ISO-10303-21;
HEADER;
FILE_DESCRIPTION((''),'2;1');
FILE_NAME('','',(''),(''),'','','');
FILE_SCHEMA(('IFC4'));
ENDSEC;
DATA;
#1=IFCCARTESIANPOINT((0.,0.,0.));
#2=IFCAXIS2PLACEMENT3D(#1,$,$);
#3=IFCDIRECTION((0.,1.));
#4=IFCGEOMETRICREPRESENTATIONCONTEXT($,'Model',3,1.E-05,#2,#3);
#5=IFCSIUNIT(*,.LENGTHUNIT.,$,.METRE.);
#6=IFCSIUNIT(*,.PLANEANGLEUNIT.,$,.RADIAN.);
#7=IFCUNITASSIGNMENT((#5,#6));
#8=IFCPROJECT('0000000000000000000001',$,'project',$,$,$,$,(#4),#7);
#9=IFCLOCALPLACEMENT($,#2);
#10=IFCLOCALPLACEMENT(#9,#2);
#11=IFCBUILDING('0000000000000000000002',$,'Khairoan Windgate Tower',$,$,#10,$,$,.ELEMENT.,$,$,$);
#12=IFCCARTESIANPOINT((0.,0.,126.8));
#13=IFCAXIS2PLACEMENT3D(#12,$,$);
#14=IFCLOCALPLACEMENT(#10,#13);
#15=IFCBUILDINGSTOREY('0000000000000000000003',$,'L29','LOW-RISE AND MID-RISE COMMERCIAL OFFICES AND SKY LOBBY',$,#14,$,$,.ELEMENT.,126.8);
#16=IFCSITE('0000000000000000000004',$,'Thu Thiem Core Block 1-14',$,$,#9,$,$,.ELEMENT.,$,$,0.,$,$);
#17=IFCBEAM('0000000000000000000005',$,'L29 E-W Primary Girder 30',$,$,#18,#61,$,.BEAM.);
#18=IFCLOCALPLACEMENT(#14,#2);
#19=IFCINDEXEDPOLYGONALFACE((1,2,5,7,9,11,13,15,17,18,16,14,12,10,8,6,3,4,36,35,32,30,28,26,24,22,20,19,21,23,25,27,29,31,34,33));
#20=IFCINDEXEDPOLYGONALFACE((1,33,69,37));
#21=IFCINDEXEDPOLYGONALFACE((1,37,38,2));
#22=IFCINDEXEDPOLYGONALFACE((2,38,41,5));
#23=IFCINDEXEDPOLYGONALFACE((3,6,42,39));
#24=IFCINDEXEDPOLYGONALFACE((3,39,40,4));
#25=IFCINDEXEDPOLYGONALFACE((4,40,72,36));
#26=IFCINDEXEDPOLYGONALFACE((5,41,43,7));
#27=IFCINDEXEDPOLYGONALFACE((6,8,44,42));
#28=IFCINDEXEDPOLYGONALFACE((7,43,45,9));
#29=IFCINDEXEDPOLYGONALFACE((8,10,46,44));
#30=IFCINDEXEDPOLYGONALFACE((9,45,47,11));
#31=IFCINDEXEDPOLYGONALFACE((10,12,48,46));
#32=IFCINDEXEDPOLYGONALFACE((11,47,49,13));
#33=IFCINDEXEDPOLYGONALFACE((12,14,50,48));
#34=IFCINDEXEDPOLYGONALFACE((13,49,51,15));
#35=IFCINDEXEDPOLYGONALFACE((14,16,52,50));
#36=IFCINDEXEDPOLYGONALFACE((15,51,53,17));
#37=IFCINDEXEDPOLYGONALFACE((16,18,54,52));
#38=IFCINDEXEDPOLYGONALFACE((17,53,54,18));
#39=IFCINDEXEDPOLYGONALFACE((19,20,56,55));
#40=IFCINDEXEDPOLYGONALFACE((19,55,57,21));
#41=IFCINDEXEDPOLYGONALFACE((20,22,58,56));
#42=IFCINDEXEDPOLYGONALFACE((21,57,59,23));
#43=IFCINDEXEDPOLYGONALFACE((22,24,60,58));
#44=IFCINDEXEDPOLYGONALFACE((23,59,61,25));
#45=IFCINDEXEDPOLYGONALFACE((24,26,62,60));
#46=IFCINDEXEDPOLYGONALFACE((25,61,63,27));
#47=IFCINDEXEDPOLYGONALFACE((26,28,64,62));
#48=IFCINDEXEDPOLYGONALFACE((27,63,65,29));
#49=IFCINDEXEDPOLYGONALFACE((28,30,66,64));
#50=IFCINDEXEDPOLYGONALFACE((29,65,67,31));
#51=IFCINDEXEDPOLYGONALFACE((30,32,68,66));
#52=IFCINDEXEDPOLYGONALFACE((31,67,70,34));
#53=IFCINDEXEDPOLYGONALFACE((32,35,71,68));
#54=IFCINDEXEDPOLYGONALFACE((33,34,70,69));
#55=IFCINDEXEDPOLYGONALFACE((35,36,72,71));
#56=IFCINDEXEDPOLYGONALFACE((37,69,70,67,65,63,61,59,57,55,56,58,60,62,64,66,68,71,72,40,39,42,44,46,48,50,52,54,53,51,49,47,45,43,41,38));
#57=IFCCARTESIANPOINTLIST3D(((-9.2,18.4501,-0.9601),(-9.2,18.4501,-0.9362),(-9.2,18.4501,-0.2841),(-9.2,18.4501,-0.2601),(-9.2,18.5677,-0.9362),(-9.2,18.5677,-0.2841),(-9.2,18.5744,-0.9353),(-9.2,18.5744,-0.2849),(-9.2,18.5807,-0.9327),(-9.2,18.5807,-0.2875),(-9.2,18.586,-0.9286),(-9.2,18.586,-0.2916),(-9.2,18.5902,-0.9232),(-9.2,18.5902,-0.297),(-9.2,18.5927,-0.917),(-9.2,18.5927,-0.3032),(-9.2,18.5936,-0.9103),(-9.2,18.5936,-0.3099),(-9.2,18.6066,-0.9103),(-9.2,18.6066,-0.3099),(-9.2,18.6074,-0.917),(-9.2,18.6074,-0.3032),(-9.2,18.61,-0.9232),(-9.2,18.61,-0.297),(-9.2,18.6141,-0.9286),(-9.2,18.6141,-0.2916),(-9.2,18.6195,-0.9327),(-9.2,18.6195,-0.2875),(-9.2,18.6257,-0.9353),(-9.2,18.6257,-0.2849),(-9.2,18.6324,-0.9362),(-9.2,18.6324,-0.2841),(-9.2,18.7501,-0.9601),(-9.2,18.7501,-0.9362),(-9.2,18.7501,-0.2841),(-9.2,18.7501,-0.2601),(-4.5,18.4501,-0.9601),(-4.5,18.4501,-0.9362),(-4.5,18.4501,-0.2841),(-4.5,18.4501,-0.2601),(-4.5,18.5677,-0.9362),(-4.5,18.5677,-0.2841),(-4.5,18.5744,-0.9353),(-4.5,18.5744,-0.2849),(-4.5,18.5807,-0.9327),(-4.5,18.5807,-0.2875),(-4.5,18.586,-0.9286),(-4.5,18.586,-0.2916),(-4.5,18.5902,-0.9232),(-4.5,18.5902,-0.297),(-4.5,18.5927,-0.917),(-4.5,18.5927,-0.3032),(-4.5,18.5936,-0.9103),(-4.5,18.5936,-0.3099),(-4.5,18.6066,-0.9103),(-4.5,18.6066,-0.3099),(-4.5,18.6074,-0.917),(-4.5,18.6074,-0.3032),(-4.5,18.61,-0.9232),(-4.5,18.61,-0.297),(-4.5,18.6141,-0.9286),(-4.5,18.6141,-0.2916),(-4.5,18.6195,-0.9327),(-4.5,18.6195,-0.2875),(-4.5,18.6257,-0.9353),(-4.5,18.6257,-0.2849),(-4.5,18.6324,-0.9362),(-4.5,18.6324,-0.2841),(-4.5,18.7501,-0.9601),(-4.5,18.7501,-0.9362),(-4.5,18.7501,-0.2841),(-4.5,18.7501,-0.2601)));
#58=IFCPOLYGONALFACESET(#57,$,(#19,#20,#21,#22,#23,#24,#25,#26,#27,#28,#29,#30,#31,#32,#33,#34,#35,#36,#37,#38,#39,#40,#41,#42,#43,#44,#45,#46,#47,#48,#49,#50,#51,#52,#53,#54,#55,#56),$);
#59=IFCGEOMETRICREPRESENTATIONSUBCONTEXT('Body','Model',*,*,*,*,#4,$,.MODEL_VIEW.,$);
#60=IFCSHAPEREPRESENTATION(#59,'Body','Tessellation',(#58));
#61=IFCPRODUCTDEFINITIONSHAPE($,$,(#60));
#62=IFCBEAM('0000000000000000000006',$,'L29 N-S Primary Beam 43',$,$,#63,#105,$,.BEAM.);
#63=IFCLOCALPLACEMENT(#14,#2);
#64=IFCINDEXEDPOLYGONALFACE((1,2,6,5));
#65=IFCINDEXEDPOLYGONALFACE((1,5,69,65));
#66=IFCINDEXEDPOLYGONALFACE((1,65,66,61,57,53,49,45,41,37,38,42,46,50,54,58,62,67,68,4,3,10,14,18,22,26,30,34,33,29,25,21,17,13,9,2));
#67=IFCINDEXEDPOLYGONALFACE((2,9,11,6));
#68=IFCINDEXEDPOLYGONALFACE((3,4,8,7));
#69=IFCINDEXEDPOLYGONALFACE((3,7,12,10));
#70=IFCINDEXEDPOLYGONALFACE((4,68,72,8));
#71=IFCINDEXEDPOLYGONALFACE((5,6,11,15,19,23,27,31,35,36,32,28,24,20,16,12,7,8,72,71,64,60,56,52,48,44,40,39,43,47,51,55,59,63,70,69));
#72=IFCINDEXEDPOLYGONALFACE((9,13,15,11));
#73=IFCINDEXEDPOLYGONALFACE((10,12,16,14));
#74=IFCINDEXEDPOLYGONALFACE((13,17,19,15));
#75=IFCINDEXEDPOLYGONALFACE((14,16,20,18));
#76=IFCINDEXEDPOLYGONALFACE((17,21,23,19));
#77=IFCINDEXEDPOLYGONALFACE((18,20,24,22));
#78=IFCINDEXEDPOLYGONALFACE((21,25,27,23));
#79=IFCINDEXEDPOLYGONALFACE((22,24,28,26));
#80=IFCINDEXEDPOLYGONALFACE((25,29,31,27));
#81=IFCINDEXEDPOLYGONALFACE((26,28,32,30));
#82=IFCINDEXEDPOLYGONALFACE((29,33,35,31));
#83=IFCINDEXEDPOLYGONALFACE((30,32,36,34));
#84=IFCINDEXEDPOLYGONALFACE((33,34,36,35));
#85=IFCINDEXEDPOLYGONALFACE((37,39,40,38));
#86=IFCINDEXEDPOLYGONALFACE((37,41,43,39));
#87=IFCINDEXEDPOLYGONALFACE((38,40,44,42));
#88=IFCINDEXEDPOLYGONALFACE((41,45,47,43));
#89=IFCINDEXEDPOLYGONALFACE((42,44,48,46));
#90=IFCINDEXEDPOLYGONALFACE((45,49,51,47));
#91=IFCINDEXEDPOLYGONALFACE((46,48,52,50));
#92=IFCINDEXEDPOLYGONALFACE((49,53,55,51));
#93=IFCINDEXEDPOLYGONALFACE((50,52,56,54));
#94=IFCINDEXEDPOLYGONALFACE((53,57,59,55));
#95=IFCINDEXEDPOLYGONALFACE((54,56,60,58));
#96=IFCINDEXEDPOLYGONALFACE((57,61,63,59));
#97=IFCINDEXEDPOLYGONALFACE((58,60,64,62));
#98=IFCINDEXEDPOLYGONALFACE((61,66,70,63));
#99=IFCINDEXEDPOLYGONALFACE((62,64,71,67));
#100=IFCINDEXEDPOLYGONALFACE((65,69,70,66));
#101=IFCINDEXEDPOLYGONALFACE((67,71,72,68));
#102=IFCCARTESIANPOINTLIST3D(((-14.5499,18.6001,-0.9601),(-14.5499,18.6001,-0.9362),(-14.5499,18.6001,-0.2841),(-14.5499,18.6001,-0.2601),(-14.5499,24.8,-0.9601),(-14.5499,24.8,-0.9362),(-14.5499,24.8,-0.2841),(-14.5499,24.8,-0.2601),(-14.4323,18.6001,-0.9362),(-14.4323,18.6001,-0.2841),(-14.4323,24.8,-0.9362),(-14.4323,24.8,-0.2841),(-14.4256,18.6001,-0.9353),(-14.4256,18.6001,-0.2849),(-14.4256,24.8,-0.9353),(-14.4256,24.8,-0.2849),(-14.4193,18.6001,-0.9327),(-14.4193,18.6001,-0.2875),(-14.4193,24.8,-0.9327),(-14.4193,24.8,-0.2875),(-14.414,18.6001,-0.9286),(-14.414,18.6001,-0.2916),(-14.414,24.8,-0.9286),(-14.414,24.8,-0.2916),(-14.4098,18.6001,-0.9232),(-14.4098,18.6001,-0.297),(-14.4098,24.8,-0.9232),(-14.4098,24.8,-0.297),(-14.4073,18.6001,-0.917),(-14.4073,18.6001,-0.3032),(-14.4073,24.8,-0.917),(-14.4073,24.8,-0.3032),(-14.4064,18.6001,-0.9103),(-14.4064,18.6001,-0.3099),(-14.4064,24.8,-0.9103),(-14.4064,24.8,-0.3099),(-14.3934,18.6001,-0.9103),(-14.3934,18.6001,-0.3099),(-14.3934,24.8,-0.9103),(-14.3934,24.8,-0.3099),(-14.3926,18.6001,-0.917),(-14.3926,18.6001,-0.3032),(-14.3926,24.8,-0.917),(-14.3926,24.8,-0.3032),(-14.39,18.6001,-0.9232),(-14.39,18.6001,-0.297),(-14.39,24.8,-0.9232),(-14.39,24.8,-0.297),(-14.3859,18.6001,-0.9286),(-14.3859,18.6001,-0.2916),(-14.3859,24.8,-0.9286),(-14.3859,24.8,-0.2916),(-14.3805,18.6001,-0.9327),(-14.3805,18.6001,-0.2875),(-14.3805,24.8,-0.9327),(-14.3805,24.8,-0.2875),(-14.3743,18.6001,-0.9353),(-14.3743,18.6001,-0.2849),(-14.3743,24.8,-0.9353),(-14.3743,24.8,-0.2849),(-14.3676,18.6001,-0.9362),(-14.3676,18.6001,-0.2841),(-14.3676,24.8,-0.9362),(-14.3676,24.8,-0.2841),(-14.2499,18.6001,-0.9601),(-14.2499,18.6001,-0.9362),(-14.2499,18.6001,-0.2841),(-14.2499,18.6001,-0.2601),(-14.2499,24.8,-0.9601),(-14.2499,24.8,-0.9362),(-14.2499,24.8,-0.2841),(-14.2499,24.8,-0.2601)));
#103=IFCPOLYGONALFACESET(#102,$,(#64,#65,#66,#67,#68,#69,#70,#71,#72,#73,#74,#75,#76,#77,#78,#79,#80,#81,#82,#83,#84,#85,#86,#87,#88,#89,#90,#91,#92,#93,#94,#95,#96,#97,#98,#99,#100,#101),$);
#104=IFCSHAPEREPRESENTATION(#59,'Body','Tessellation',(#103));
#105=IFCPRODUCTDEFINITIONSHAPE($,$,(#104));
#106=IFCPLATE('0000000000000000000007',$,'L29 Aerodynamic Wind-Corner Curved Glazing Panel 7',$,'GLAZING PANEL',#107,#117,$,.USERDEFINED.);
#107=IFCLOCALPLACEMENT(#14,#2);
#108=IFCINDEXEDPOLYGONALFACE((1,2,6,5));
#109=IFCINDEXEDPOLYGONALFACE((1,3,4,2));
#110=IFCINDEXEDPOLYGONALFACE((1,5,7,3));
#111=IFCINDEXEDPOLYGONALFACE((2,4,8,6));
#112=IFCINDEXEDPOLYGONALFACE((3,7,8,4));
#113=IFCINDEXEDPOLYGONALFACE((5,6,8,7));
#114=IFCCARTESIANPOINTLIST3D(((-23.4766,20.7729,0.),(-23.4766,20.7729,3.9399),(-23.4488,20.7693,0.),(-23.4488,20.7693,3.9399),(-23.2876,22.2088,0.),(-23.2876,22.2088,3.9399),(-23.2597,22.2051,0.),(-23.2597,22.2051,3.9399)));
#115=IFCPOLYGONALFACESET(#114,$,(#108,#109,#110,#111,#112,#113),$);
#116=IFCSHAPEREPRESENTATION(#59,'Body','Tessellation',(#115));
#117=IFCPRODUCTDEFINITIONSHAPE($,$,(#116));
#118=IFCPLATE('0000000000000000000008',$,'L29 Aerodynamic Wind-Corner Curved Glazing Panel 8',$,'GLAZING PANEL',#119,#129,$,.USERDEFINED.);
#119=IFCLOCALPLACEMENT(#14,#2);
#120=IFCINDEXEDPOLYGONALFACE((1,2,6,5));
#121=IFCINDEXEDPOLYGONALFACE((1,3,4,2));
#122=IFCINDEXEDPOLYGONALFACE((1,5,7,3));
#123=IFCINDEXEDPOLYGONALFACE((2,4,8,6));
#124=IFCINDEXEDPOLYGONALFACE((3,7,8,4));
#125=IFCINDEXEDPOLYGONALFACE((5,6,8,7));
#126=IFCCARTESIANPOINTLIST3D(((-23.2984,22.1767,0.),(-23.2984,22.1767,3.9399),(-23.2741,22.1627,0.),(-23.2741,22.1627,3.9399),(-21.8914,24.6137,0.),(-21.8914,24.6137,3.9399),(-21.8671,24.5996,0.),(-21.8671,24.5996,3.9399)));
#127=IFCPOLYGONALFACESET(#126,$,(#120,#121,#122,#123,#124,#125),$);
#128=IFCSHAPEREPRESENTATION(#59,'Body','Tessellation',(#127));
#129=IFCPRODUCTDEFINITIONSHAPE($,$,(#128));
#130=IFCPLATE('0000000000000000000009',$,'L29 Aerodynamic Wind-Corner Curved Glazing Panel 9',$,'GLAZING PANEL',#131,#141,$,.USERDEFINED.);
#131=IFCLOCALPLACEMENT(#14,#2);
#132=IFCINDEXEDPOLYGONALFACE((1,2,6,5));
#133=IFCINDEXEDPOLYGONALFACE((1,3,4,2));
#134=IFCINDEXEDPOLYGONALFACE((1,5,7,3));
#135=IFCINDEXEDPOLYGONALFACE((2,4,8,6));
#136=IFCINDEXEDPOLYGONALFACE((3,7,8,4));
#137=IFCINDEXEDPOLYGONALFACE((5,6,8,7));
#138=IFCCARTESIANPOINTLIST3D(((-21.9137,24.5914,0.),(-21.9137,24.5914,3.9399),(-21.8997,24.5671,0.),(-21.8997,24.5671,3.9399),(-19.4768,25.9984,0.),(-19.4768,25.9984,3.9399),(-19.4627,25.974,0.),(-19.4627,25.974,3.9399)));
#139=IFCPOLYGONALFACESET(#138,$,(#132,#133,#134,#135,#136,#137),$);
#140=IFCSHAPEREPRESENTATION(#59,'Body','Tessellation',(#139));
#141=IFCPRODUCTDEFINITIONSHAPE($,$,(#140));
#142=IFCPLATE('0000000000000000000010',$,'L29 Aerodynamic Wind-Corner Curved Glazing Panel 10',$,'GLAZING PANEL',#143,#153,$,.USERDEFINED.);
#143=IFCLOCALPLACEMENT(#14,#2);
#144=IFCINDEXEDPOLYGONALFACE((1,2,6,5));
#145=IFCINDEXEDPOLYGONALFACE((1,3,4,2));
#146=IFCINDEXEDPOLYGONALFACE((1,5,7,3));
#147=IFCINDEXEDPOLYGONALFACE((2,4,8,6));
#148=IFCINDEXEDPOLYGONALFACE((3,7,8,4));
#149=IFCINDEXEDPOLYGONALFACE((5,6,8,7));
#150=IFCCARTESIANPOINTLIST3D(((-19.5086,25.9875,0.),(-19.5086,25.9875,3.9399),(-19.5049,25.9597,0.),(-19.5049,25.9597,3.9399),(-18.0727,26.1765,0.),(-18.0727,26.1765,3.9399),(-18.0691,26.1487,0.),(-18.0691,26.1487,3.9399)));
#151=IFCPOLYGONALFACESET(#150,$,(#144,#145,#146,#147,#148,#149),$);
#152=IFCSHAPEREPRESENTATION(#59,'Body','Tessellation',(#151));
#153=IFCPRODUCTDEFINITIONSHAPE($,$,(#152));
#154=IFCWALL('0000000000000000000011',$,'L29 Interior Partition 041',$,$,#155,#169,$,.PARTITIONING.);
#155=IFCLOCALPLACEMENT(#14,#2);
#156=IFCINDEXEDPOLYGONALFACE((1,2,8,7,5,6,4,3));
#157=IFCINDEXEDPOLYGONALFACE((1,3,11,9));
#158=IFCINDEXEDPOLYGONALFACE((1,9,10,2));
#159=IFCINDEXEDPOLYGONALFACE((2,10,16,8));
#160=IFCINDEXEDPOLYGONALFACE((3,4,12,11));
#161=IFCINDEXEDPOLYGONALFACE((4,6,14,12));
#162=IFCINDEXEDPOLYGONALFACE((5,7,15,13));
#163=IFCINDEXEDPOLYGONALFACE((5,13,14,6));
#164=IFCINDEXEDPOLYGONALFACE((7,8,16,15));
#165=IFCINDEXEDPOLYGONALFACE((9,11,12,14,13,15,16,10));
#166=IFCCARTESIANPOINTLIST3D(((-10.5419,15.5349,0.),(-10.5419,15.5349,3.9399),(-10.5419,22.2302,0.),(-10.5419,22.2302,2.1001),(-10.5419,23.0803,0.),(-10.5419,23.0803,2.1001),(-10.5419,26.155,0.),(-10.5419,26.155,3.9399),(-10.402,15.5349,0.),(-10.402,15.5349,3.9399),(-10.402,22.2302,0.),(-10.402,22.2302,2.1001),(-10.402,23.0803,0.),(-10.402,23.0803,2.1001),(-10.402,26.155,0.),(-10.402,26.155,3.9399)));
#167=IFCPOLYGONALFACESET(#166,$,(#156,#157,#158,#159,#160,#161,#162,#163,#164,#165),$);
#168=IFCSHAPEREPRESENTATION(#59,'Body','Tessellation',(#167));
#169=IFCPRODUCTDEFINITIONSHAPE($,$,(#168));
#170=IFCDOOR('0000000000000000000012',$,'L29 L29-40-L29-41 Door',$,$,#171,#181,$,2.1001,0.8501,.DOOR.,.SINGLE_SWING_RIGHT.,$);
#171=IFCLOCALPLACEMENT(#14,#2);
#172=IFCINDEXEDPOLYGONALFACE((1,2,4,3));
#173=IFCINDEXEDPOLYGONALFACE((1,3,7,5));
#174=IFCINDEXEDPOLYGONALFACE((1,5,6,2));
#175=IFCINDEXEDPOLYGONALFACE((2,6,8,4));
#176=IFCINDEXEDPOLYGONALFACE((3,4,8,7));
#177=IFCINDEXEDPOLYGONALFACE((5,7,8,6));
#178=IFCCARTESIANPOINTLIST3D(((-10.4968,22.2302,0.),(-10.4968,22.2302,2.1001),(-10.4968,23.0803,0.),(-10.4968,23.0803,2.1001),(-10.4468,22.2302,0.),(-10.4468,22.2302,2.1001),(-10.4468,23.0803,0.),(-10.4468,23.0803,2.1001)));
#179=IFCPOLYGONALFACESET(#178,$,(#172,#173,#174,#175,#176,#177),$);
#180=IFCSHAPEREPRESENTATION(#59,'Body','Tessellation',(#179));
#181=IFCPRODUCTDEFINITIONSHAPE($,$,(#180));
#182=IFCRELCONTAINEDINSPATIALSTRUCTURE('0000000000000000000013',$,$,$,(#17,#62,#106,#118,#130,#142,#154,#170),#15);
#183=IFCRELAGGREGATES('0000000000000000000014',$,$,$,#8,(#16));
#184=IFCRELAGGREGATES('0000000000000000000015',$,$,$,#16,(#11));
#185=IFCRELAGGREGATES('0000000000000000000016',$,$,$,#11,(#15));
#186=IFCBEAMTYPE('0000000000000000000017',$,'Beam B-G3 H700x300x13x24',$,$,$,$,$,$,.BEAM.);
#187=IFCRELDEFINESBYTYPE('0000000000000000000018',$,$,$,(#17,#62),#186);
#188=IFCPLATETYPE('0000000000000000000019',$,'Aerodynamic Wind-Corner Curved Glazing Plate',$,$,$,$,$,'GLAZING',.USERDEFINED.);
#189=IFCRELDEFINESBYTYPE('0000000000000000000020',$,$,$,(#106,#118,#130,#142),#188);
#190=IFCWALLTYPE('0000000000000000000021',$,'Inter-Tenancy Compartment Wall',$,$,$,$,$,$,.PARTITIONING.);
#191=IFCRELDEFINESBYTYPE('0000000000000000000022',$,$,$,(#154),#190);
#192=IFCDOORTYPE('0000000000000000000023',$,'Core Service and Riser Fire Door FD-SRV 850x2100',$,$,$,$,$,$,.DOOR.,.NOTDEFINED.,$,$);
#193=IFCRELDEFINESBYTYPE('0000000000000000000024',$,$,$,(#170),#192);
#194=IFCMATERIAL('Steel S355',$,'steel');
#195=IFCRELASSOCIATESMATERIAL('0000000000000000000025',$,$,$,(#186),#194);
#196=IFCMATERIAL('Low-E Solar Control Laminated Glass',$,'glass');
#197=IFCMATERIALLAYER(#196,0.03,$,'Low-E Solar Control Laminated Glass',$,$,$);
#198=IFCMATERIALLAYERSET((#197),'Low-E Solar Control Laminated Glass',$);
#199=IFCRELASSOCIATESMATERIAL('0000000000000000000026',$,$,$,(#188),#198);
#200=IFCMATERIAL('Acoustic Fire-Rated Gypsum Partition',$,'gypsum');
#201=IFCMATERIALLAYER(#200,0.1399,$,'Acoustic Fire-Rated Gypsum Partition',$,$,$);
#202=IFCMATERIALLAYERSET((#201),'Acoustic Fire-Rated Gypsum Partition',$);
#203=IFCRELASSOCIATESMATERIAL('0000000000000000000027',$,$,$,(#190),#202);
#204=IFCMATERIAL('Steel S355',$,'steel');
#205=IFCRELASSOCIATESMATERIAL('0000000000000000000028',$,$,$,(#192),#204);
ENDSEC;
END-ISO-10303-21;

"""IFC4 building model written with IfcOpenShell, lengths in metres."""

from ifc_helpers import new_model, si_unit, direction, frame, frame_2d, origin, origin_2d, place, context, subcontext, project, spatial, rectangle, i_section, extrude, material, layer, layer_set, material_profile, profile_set, type_object, element, fill, save


model = new_model("IFC4")

# Units and contexts
model_context = context("Model", 3, precision=1e-05, world=origin(), true_north=direction((0.0, 1.0)))
body_context = subcontext(model_context, "Body", "Model", "MODEL_VIEW")
ifc_project = project(units=[si_unit("LENGTHUNIT", "METRE"), si_unit("PLANEANGLEUNIT", "RADIAN")], contexts=[model_context])

# Site, building, storey
site_placement = place(None, origin())
site = spatial("IfcSite", under=ifc_project, at=site_placement, Name="Thu Thiem Core Block 1-14", CompositionType="ELEMENT", RefElevation=0.0)
building_placement = place(site_placement, origin())
building = spatial("IfcBuilding", under=site, at=building_placement, Name="Khairoan Windgate Tower", CompositionType="ELEMENT")
storey_placement = place(building_placement, frame((0.0, 0.0, 126.8)))
storey = spatial("IfcBuildingStorey", under=building, at=storey_placement, Name="L29", Description="LOW-RISE AND MID-RISE COMMERCIAL OFFICES AND SKY LOBBY", CompositionType="ELEMENT", Elevation=126.8)

# Beams
ifc_material_1 = material(Name="Steel S355", Category="steel")
ifc_material_profile_1 = material_profile(ifc_material_1, i_section(OverallWidth=0.3, OverallDepth=0.7, WebThickness=0.0129, FlangeThickness=0.0239, FilletRadius=0.0259, at=origin_2d()))
ifc_profile_set_1 = profile_set([ifc_material_profile_1], Name="Steel S355")
beam_type = type_object("IfcBeamType", Name="Beam B-G3 H700x300x13x24", PredefinedType="BEAM", material=ifc_profile_set_1)
beam_1_placement = place(storey_placement, frame((-9.2, 18.6001, -0.6101), z_axis=(1.0, 0.0, 0.0), x_axis=(0.0, 1.0, 0.0)))
element("IfcBeam", 1, at=beam_1_placement, inside=storey, type_object=beam_type, Name="L29 E-W Primary Girder 30", PredefinedType="BEAM", context=body_context, shape_type="SweptSolid", body=[
    extrude(i_section(OverallWidth=0.3, OverallDepth=0.7, WebThickness=0.0129, FlangeThickness=0.0239, FilletRadius=0.0259, at=origin_2d()), origin(), (0.0, 0.0, 1.0), 4.7),
])
beam_2_placement = place(storey_placement, frame((-14.3999, 18.6001, -0.6101), z_axis=(0.0, 1.0, 0.0), x_axis=(-1.0, 0.0, 0.0)))
element("IfcBeam", 2, at=beam_2_placement, inside=storey, type_object=beam_type, Name="L29 N-S Primary Beam 43", PredefinedType="BEAM", context=body_context, shape_type="SweptSolid", body=[
    extrude(i_section(OverallWidth=0.3, OverallDepth=0.7, WebThickness=0.0129, FlangeThickness=0.0239, FilletRadius=0.0259, at=origin_2d()), origin(), (0.0, 0.0, 1.0), 6.2),
])

# Plates
ifc_material_2 = material(Name="Low-E Solar Control Laminated Glass", Category="glass")
ifc_layer_1 = layer(ifc_material_2, 0.03, Name="Low-E Solar Control Laminated Glass")
ifc_layer_set_1 = layer_set([ifc_layer_1], Name="Low-E Solar Control Laminated Glass")
plate_type_1 = type_object("IfcPlateType", Name="Aerodynamic Wind-Corner Curved Glazing Plate", ElementType="GLAZING", PredefinedType="USERDEFINED", material=ifc_layer_set_1)
plate_1_placement = place(storey_placement, frame((-23.3682, 21.489, 0.0), z_axis=(0.0, 0.0, 1.0), x_axis=(0.130526, 0.991445, 0.0)))
element("IfcPlate", 3, at=plate_1_placement, inside=storey, type_object=plate_type_1, Name="L29 Aerodynamic Wind-Corner Curved Glazing Panel 7", ObjectType="GLAZING PANEL", PredefinedType="USERDEFINED", context=body_context, shape_type="SweptSolid", body=[
    extrude(rectangle(XDim=1.4482, YDim=0.0281, at=origin_2d()), origin(), (0.0, 0.0, 1.0), 3.9399),
])
for number, where, z_axis, x_axis, name in (
    (4, (-22.5828, 23.3882, 0.0), (0.0, 0.0, 1.0), (0.5, 0.866025, 0.0), "L29 Aerodynamic Wind-Corner Curved Glazing Panel 8"),
    (5, (-20.6882, 25.2827, 0.0), (0.0, 0.0, 1.0), (0.866025, 0.5, 0.0), "L29 Aerodynamic Wind-Corner Curved Glazing Panel 9"),
):
    element("IfcPlate", number, at=place(storey_placement, frame(where, z_axis=z_axis, x_axis=x_axis)), inside=storey, type_object=plate_type_1, Name=name, ObjectType="GLAZING PANEL", PredefinedType="USERDEFINED", context=body_context, shape_type="SweptSolid", body=[
        extrude(rectangle(XDim=2.814, YDim=0.0281, at=origin_2d()), origin(), (0.0, 0.0, 1.0), 3.9399),
    ])
plate_2_placement = place(storey_placement, frame((-18.7888, 26.0681, 0.0), z_axis=(0.0, 0.0, 1.0), x_axis=(0.991445, 0.130526, 0.0)))
element("IfcPlate", 6, at=plate_2_placement, inside=storey, type_object=plate_type_1, Name="L29 Aerodynamic Wind-Corner Curved Glazing Panel 10", ObjectType="GLAZING PANEL", PredefinedType="USERDEFINED", context=body_context, shape_type="SweptSolid", body=[
    extrude(rectangle(XDim=1.4482, YDim=0.0281, at=origin_2d()), origin(), (0.0, 0.0, 1.0), 3.9399),
])

# Wall, opening, door
ifc_material_3 = material(Name="Acoustic Fire-Rated Gypsum Partition", Category="gypsum")
ifc_layer_2 = layer(ifc_material_3, 0.1399, Name="Acoustic Fire-Rated Gypsum Partition")
ifc_layer_set_2 = layer_set([ifc_layer_2], Name="Acoustic Fire-Rated Gypsum Partition")
wall_type_1 = type_object("IfcWallType", Name="Inter-Tenancy Compartment Wall", PredefinedType="PARTITIONING", material=ifc_layer_set_2)
wall_1_placement = place(storey_placement, frame((-10.4719, 15.5349, 0.0), z_axis=(0.0, 0.0, 1.0), x_axis=(0.0, 1.0, 0.0)))
wall_1 = element("IfcWall", 7, at=wall_1_placement, inside=storey, type_object=wall_type_1, Name="L29 Interior Partition 041", PredefinedType="PARTITIONING", context=body_context, shape_type="SweptSolid", body=[
    extrude(rectangle(XDim=10.6201, YDim=0.1399, at=frame_2d((5.3101, 0.0))), origin(), (0.0, 0.0, 1.0), 3.9399),
])
opening_1_placement = place(wall_1_placement, frame((6.6953, 0.0, 0.0)))
opening_1 = element("IfcOpeningElement", 8, at=opening_1_placement, cuts=wall_1, PredefinedType="OPENING", context=body_context, shape_type="SweptSolid", body=[
    extrude(rectangle(XDim=0.8501, YDim=2.1001, at=frame_2d((0.425, 1.05))), frame((0.0, 0.0798, 0.0), z_axis=(0.0, -1.0, 0.0), x_axis=(1.0, 0.0, 0.0)), (0.0, 0.0, 1.0), 0.1599),
])
ifc_material_4 = material(Name="Steel S355", Category="steel")
door_type_1 = type_object("IfcDoorType", Name="Core Service and Riser Fire Door FD-SRV 850x2100", OperationType="NOTDEFINED", PredefinedType="DOOR", material=ifc_material_4)
door_1_placement = place(opening_1_placement, origin())
door_1 = element("IfcDoor", 9, at=door_1_placement, inside=storey, type_object=door_type_1, Name="L29 L29-40-L29-41 Door", OperationType="SINGLE_SWING_RIGHT", OverallHeight=2.1001, OverallWidth=0.8501, PredefinedType="DOOR", context=body_context, shape_type="SweptSolid", body=[
    extrude(rectangle(XDim=0.8501, YDim=2.1001, at=frame_2d((0.425, 1.05))), frame((0.0, 0.0249, 0.0), z_axis=(0.0, -1.0, 0.0), x_axis=(1.0, 0.0, 0.0)), (0.0, 0.0, 1.0), 0.05),
])
fill(opening_1, door_1)

save(model, "model.ifc")
